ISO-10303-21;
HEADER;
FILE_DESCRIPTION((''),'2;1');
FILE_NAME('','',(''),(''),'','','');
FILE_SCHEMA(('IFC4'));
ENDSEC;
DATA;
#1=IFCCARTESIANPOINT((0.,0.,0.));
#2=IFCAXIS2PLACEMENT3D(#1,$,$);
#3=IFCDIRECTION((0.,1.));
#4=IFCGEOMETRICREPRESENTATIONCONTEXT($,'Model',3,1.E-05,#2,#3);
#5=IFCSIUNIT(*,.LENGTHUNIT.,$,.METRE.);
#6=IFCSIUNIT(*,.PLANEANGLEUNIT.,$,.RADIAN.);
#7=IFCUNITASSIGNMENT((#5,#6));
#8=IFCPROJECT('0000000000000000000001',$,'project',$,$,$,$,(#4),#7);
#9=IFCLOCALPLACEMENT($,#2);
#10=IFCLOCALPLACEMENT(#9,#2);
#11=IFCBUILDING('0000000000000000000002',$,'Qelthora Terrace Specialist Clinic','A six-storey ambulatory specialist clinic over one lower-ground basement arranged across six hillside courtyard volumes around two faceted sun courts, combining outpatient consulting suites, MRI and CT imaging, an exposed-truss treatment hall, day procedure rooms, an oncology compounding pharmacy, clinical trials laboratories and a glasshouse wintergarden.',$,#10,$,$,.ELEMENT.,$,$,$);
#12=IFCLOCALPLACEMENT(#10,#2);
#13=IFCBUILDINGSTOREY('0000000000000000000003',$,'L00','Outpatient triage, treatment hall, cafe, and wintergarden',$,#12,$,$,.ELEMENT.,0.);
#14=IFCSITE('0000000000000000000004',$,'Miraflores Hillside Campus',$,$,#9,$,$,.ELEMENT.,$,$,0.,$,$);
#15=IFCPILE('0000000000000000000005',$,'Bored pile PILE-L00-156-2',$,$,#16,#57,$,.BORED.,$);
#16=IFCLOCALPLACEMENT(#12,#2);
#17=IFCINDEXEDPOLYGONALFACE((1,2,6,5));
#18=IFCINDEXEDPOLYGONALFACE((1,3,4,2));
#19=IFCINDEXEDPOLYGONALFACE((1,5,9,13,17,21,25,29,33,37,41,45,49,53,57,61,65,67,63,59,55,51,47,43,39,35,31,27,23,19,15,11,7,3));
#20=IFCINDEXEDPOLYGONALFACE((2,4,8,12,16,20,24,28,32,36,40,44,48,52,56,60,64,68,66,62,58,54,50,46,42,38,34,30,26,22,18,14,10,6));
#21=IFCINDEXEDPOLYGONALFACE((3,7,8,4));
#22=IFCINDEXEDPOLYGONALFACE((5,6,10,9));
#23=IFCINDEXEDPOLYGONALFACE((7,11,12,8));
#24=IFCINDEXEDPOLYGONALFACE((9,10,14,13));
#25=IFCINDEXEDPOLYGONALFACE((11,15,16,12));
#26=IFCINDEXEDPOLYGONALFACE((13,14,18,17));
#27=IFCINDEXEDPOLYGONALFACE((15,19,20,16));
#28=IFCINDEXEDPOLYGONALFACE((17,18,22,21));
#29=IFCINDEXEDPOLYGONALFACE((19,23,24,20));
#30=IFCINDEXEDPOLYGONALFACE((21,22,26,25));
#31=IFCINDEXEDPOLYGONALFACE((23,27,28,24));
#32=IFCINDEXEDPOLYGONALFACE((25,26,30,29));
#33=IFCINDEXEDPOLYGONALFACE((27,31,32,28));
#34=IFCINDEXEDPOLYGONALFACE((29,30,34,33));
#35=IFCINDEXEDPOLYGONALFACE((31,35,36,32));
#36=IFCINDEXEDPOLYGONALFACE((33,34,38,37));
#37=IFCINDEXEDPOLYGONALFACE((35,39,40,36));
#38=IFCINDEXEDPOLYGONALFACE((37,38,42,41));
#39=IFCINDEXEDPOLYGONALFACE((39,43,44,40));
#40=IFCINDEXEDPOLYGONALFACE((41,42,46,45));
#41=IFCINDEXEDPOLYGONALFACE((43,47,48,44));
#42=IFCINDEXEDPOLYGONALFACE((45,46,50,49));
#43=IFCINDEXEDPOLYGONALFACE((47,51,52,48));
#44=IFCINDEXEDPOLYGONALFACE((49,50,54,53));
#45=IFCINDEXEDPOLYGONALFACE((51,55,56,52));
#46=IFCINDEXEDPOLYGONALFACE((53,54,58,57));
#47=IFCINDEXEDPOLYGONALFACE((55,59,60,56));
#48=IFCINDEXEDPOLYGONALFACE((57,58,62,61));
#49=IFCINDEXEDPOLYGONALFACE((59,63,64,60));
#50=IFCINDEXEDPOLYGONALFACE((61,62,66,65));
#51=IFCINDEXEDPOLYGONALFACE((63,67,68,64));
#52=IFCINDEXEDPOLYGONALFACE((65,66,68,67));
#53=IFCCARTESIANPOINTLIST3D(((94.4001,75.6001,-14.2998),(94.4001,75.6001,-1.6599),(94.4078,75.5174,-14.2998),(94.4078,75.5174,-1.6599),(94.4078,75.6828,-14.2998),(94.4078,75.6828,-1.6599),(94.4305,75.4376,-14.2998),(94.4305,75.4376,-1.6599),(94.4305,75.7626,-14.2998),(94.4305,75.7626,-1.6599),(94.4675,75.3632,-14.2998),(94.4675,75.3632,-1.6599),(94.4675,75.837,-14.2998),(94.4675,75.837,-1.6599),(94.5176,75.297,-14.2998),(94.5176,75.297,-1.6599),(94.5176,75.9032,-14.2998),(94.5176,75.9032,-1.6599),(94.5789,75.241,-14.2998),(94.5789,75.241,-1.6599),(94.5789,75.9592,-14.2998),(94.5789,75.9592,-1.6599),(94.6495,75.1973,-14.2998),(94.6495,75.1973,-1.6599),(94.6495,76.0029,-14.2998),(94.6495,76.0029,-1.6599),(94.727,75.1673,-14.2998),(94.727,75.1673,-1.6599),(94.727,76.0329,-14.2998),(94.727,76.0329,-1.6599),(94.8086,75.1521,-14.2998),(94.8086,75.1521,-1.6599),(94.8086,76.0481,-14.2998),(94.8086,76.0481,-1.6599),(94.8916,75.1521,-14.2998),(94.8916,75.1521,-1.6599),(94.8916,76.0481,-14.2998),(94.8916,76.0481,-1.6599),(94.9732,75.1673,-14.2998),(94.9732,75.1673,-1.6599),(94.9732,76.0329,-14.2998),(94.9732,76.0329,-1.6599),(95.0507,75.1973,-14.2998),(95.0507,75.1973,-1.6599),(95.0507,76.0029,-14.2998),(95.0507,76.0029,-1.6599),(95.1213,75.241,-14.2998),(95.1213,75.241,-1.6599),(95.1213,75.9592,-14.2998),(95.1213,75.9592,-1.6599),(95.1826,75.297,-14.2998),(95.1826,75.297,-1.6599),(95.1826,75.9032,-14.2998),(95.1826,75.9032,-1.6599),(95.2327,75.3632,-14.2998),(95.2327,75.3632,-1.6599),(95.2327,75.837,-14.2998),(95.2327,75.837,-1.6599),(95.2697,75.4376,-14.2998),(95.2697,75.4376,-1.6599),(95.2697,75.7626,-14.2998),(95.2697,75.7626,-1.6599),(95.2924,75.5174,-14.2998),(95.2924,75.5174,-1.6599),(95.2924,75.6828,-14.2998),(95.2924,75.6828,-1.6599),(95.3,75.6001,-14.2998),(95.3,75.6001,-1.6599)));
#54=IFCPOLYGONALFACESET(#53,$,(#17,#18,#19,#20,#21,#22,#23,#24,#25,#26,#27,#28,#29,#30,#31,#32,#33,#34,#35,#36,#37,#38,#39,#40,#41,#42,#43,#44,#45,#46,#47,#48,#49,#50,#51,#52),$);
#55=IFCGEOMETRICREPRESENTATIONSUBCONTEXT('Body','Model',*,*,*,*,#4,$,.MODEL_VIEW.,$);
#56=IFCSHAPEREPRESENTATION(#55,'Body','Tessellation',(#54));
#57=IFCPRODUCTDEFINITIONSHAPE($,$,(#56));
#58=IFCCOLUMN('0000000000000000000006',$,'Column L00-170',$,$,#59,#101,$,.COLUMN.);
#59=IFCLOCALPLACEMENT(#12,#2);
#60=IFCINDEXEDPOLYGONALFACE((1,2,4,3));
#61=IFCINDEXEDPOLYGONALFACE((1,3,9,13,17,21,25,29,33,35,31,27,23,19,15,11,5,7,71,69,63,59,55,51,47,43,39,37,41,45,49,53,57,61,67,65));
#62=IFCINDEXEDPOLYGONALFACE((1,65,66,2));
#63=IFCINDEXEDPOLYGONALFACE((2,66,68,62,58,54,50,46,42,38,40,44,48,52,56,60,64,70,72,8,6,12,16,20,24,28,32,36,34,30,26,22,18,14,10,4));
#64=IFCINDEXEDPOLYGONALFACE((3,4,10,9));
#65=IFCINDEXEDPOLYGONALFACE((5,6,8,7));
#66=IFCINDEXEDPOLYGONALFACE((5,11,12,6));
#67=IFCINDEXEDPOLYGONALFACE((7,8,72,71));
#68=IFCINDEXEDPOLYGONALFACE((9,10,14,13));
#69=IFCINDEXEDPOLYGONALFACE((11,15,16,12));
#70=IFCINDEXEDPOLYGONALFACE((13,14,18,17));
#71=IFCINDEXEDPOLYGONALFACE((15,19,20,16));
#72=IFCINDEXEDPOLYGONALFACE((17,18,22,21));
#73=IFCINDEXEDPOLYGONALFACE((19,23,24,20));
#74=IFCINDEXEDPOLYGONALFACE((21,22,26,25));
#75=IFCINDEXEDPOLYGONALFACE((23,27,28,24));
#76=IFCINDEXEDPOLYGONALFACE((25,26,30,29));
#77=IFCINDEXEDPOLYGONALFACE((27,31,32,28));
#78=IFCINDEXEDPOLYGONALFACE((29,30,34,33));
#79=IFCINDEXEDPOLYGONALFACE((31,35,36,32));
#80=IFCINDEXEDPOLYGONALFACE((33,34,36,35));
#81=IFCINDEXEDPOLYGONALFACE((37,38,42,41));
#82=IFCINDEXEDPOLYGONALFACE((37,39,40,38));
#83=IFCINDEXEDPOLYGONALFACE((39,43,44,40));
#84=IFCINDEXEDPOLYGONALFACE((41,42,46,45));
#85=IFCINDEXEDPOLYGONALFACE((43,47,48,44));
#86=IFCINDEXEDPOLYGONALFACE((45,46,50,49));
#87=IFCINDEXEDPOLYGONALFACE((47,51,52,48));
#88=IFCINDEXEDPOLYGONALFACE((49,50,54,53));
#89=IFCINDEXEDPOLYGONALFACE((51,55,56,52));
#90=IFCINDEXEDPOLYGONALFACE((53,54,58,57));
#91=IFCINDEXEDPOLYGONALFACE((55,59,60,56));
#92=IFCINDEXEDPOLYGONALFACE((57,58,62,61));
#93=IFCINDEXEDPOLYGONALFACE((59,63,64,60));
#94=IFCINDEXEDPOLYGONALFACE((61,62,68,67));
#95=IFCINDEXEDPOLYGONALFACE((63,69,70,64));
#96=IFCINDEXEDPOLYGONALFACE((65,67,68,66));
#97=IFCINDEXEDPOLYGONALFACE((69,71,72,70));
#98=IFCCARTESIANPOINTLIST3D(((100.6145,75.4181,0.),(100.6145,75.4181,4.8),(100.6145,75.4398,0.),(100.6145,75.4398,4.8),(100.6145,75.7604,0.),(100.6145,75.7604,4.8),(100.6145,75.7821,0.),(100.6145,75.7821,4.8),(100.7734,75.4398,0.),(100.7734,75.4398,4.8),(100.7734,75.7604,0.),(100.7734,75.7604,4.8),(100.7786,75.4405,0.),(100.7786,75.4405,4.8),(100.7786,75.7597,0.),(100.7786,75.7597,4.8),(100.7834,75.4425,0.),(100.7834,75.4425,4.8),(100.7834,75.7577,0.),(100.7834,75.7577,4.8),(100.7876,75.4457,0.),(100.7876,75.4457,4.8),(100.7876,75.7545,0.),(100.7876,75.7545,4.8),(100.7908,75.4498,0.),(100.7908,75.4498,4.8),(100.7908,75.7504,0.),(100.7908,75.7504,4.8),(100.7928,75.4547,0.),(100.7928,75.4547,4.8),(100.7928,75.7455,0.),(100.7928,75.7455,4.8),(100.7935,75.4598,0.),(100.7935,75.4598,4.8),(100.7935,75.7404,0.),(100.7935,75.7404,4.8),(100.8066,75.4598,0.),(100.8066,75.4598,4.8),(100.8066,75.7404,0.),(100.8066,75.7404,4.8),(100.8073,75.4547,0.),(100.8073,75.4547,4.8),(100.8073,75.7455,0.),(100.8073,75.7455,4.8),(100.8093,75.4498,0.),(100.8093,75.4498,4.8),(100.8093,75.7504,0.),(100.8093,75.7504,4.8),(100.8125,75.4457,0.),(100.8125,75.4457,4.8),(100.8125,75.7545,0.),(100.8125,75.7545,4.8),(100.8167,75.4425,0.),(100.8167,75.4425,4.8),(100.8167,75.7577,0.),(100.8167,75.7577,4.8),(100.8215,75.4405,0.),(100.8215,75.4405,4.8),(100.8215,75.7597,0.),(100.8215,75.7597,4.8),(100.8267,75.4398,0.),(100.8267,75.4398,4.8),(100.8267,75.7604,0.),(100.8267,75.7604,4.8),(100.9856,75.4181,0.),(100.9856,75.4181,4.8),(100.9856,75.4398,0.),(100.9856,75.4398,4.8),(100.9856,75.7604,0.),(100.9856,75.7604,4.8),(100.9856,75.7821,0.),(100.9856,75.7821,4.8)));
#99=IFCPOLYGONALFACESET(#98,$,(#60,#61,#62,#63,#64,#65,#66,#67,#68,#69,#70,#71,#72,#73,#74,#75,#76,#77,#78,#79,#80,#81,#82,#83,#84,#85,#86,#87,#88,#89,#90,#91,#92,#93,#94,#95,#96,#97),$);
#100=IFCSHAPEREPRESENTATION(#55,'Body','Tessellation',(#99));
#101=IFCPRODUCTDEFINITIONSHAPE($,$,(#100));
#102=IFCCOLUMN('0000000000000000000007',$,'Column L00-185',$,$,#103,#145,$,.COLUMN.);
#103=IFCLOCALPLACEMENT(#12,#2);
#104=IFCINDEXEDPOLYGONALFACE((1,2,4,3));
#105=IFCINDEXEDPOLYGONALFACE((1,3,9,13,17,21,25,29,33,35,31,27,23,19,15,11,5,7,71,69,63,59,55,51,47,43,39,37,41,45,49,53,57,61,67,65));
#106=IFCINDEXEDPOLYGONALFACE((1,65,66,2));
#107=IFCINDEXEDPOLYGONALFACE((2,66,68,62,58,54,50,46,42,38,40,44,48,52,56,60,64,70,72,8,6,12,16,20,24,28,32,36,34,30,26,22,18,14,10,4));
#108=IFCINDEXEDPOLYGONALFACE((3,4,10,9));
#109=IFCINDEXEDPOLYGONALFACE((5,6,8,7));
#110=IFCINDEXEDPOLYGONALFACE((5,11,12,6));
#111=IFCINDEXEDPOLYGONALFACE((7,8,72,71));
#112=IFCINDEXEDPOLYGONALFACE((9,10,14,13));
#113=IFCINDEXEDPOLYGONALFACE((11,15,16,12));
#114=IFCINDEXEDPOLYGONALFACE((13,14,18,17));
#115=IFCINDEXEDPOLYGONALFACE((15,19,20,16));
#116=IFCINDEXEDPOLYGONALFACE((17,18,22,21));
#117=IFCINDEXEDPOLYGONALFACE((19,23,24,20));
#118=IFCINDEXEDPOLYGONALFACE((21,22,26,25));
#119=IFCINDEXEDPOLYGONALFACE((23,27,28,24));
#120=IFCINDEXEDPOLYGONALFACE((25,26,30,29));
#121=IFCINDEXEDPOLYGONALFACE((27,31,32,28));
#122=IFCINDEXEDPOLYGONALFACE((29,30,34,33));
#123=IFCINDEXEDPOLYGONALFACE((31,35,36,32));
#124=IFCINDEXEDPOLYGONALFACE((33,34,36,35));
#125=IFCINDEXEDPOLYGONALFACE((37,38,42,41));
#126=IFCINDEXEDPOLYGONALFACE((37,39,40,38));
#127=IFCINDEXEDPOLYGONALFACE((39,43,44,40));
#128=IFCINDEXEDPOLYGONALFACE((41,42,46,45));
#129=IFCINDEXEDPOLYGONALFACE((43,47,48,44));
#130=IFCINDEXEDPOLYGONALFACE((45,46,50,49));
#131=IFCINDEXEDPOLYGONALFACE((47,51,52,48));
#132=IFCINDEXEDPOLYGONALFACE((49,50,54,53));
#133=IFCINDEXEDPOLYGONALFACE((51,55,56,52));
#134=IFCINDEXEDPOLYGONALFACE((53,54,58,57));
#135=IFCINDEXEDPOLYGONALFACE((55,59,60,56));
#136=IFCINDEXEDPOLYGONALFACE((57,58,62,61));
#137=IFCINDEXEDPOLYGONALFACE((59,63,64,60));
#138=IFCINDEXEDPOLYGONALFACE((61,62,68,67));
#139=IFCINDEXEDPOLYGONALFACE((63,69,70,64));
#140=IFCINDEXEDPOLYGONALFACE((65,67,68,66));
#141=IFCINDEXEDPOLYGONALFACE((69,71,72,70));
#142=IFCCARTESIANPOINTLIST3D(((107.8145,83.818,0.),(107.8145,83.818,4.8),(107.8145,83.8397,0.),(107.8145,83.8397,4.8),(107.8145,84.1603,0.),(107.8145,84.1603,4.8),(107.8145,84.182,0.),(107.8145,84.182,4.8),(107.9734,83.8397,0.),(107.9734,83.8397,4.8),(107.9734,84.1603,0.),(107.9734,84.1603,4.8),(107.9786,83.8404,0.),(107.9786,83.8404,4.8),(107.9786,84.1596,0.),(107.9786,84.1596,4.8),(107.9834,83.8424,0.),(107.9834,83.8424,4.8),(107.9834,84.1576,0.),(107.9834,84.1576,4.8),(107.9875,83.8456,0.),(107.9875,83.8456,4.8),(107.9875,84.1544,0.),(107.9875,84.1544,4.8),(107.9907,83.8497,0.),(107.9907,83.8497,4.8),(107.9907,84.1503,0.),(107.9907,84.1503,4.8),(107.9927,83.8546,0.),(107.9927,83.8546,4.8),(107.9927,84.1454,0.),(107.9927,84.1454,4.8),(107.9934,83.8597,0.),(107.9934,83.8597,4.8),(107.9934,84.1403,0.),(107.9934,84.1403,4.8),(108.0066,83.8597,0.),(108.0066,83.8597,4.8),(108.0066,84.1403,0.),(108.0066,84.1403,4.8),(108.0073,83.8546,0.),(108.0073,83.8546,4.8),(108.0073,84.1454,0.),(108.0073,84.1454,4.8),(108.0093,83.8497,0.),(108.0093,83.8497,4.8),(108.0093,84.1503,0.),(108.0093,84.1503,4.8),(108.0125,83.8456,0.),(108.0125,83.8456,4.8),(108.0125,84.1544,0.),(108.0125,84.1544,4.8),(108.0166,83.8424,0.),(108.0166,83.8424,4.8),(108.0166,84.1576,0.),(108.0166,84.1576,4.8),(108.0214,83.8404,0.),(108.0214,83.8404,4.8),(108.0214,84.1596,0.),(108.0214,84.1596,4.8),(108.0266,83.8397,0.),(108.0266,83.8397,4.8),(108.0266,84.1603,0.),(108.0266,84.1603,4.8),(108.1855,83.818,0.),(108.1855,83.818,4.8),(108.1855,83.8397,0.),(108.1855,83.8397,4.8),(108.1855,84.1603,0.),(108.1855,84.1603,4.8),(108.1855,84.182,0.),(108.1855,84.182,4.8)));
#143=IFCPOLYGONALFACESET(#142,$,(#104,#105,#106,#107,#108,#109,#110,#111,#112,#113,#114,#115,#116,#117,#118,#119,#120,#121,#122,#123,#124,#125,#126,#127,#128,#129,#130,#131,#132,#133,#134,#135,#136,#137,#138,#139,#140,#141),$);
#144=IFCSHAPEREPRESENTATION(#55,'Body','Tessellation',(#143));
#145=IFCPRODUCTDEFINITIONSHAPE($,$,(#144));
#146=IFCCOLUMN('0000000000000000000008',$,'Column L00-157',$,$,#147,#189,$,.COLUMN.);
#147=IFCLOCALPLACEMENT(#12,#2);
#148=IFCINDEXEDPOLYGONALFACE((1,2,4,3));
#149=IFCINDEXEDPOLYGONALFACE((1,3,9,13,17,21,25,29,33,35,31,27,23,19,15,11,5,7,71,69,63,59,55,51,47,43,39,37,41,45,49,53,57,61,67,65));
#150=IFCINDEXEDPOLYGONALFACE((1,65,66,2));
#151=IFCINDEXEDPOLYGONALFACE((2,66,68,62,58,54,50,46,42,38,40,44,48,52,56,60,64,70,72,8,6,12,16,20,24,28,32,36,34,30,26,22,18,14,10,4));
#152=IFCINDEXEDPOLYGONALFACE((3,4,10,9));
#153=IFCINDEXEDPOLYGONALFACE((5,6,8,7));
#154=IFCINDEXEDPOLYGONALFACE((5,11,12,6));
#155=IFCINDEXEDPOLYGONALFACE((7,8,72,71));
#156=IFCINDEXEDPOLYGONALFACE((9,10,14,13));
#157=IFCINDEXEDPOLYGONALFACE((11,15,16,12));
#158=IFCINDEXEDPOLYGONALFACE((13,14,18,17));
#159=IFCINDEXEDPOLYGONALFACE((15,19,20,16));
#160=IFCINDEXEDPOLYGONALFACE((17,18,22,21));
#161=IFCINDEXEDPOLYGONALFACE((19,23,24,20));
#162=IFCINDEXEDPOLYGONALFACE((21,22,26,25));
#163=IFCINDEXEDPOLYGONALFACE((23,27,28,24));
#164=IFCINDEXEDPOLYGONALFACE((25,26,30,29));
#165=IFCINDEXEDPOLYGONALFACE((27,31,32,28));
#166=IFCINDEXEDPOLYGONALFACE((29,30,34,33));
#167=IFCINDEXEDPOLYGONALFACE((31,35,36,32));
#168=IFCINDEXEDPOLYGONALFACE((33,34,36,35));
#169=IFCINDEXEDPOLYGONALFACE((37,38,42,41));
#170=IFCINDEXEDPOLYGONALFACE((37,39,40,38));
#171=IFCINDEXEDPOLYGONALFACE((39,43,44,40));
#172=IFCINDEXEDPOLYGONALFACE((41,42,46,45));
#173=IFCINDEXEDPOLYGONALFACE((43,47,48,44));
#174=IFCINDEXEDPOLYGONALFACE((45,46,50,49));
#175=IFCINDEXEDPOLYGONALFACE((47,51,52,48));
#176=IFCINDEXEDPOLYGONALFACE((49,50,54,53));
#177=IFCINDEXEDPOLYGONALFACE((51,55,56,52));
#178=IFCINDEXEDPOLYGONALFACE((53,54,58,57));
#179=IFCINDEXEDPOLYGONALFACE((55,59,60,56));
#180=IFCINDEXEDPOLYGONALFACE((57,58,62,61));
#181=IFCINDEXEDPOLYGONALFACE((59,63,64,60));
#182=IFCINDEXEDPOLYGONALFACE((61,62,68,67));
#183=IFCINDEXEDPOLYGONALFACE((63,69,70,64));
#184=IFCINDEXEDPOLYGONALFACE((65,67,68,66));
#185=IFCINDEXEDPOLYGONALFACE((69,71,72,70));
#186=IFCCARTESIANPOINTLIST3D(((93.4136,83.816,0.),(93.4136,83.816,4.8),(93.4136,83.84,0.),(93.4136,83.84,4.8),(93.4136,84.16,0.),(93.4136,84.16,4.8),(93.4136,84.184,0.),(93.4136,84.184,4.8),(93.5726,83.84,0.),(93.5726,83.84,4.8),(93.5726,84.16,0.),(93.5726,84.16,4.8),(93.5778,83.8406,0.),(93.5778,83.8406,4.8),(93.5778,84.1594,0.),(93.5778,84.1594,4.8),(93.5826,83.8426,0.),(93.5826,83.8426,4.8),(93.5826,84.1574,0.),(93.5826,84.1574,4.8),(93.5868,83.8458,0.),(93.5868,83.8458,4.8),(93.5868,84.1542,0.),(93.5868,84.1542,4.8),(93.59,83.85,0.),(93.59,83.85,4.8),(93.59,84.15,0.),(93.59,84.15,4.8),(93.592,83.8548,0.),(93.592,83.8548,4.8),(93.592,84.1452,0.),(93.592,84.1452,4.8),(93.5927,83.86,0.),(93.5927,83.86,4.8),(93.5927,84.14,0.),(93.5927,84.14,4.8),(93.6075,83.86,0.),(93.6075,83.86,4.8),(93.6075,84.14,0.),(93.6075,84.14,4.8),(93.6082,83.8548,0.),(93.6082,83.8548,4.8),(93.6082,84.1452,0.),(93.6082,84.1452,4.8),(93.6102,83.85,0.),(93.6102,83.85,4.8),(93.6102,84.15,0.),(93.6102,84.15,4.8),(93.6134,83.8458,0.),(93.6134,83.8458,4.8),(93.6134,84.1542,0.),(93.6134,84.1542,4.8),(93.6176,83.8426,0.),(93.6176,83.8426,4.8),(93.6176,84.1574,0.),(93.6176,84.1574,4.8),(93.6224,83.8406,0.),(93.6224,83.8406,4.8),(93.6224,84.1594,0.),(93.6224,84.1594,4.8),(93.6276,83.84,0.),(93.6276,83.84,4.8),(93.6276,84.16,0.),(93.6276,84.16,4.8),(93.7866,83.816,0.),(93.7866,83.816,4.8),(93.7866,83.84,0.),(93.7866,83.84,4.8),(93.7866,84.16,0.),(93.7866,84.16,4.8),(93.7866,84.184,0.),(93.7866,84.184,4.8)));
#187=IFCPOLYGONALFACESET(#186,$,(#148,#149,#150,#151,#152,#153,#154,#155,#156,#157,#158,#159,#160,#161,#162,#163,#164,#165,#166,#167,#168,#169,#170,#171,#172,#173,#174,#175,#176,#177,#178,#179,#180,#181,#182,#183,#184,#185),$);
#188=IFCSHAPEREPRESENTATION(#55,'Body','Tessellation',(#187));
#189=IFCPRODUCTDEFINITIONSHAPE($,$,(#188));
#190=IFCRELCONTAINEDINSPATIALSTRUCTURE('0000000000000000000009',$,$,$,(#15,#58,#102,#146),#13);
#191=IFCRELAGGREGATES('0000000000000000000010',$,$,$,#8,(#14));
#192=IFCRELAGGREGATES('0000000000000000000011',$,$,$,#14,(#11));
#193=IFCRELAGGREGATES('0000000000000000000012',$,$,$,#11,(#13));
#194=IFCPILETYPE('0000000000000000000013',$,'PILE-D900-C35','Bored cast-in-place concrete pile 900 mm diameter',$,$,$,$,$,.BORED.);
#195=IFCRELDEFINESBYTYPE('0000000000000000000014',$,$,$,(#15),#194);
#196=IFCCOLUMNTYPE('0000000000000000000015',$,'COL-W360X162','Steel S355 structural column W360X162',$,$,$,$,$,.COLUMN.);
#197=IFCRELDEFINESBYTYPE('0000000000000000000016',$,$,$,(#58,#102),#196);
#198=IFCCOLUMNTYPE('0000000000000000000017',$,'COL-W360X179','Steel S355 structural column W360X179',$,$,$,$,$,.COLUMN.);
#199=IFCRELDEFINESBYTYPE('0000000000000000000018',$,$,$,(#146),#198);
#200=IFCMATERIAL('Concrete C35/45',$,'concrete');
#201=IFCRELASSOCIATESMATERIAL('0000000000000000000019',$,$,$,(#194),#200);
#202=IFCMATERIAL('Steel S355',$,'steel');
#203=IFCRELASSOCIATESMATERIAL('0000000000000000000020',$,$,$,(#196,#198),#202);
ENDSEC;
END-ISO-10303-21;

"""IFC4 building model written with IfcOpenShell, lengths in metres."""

from ifc_helpers import new_model, si_unit, direction, frame, origin, origin_2d, place, context, subcontext, project, spatial, circle, i_section, extrude, material, material_profile, profile_set, type_object, element, save


model = new_model("IFC4")

# Units and contexts
model_context = context("Model", 3, precision=1e-05, world=origin(), true_north=direction((0.0, 1.0)))
body_context = subcontext(model_context, "Body", "Model", "MODEL_VIEW")
ifc_project = project(units=[si_unit("LENGTHUNIT", "METRE"), si_unit("PLANEANGLEUNIT", "RADIAN")], contexts=[model_context])

# Site, building, storey
site_placement = place(None, origin())
site = spatial("IfcSite", under=ifc_project, at=site_placement, Name="Miraflores Hillside Campus", CompositionType="ELEMENT", RefElevation=0.0)
building_placement = place(site_placement, origin())
building = spatial("IfcBuilding", under=site, at=building_placement, Name="Qelthora Terrace Specialist Clinic", Description="A six-storey ambulatory specialist clinic over one lower-ground basement arranged across six hillside courtyard volumes around two faceted sun courts, combining outpatient consulting suites, MRI and CT imaging, an exposed-truss treatment hall, day procedure rooms, an oncology compounding pharmacy, clinical trials laboratories and a glasshouse wintergarden.", CompositionType="ELEMENT")
storey_placement = place(building_placement, origin())
storey = spatial("IfcBuildingStorey", under=building, at=storey_placement, Name="L00", Description="Outpatient triage, treatment hall, cafe, and wintergarden", CompositionType="ELEMENT", Elevation=0.0)

# Shared definitions
ifc_material_1 = material(Name="Concrete C35/45", Category="concrete")

# Pile
ifc_material_profile_1 = material_profile(ifc_material_1, circle(Radius=0.45, at=origin_2d()), Name="PILE900")
ifc_profile_set_1 = profile_set([ifc_material_profile_1], Name="Concrete C35/45")
pile_type_1 = type_object("IfcPileType", Name="PILE-D900-C35", Description="Bored cast-in-place concrete pile 900 mm diameter", PredefinedType="BORED", material=ifc_profile_set_1)
pile_placement = place(storey_placement, frame((94.8501, 75.6001, -1.6599), z_axis=(0.0, 0.0, -1.0), x_axis=(1.0, 0.0, 0.0)))
element("IfcPile", 1, at=pile_placement, inside=storey, type_object=pile_type_1, Name="Bored pile PILE-L00-156-2", PredefinedType="BORED", context=body_context, shape_type="SweptSolid", body=[
    extrude(circle(Radius=0.45, at=origin_2d()), origin(), (0.0, 0.0, 1.0), 12.6399),
])

# Columns
ifc_material_2 = material(Name="Steel S355", Category="steel")
ifc_material_profile_2 = material_profile(ifc_material_2, i_section(OverallWidth=0.3711, OverallDepth=0.364, WebThickness=0.0132, FlangeThickness=0.0217, FilletRadius=0.02, at=origin_2d()), Name="W360X162")
ifc_profile_set_2 = profile_set([ifc_material_profile_2], Name="Steel S355")
column_type_1 = type_object("IfcColumnType", Name="COL-W360X162", Description="Steel S355 structural column W360X162", PredefinedType="COLUMN", material=ifc_profile_set_2)
for number, where, z_axis, x_axis, name in (
    (2, (100.8, 75.6001, 0.0), (0.0, 0.0, 1.0), (1.0, 0.0, 0.0), "Column L00-170"),
    (3, (108.0, 84.0, 0.0), (0.0, 0.0, 1.0), (1.0, 0.0, 0.0), "Column L00-185"),
):
    element("IfcColumn", number, at=place(storey_placement, frame(where, z_axis=z_axis, x_axis=x_axis)), inside=storey, type_object=column_type_1, Name=name, PredefinedType="COLUMN", context=body_context, shape_type="SweptSolid", body=[
        extrude(i_section(OverallWidth=0.3711, OverallDepth=0.364, WebThickness=0.0132, FlangeThickness=0.0217, FilletRadius=0.02, at=origin_2d()), origin(), (0.0, 0.0, 1.0), 4.8),
    ])
ifc_material_profile_3 = material_profile(ifc_material_2, i_section(OverallWidth=0.373, OverallDepth=0.3679, WebThickness=0.0149, FlangeThickness=0.0239, FilletRadius=0.02, at=origin_2d()), Name="W360X179")
ifc_profile_set_3 = profile_set([ifc_material_profile_3], Name="Steel S355")
column_type_2 = type_object("IfcColumnType", Name="COL-W360X179", Description="Steel S355 structural column W360X179", PredefinedType="COLUMN", material=ifc_profile_set_3)
for number, where, z_axis, x_axis, name in (
    (4, (93.6001, 84.0, 0.0), (0.0, 0.0, 1.0), (1.0, 0.0, 0.0), "Column L00-157"),
):
    element("IfcColumn", number, at=place(storey_placement, frame(where, z_axis=z_axis, x_axis=x_axis)), inside=storey, type_object=column_type_2, Name=name, PredefinedType="COLUMN", context=body_context, shape_type="SweptSolid", body=[
        extrude(i_section(OverallWidth=0.373, OverallDepth=0.3679, WebThickness=0.0149, FlangeThickness=0.0239, FilletRadius=0.02, at=origin_2d()), origin(), (0.0, 0.0, 1.0), 4.8),
    ])

save(model, "model.ifc")
